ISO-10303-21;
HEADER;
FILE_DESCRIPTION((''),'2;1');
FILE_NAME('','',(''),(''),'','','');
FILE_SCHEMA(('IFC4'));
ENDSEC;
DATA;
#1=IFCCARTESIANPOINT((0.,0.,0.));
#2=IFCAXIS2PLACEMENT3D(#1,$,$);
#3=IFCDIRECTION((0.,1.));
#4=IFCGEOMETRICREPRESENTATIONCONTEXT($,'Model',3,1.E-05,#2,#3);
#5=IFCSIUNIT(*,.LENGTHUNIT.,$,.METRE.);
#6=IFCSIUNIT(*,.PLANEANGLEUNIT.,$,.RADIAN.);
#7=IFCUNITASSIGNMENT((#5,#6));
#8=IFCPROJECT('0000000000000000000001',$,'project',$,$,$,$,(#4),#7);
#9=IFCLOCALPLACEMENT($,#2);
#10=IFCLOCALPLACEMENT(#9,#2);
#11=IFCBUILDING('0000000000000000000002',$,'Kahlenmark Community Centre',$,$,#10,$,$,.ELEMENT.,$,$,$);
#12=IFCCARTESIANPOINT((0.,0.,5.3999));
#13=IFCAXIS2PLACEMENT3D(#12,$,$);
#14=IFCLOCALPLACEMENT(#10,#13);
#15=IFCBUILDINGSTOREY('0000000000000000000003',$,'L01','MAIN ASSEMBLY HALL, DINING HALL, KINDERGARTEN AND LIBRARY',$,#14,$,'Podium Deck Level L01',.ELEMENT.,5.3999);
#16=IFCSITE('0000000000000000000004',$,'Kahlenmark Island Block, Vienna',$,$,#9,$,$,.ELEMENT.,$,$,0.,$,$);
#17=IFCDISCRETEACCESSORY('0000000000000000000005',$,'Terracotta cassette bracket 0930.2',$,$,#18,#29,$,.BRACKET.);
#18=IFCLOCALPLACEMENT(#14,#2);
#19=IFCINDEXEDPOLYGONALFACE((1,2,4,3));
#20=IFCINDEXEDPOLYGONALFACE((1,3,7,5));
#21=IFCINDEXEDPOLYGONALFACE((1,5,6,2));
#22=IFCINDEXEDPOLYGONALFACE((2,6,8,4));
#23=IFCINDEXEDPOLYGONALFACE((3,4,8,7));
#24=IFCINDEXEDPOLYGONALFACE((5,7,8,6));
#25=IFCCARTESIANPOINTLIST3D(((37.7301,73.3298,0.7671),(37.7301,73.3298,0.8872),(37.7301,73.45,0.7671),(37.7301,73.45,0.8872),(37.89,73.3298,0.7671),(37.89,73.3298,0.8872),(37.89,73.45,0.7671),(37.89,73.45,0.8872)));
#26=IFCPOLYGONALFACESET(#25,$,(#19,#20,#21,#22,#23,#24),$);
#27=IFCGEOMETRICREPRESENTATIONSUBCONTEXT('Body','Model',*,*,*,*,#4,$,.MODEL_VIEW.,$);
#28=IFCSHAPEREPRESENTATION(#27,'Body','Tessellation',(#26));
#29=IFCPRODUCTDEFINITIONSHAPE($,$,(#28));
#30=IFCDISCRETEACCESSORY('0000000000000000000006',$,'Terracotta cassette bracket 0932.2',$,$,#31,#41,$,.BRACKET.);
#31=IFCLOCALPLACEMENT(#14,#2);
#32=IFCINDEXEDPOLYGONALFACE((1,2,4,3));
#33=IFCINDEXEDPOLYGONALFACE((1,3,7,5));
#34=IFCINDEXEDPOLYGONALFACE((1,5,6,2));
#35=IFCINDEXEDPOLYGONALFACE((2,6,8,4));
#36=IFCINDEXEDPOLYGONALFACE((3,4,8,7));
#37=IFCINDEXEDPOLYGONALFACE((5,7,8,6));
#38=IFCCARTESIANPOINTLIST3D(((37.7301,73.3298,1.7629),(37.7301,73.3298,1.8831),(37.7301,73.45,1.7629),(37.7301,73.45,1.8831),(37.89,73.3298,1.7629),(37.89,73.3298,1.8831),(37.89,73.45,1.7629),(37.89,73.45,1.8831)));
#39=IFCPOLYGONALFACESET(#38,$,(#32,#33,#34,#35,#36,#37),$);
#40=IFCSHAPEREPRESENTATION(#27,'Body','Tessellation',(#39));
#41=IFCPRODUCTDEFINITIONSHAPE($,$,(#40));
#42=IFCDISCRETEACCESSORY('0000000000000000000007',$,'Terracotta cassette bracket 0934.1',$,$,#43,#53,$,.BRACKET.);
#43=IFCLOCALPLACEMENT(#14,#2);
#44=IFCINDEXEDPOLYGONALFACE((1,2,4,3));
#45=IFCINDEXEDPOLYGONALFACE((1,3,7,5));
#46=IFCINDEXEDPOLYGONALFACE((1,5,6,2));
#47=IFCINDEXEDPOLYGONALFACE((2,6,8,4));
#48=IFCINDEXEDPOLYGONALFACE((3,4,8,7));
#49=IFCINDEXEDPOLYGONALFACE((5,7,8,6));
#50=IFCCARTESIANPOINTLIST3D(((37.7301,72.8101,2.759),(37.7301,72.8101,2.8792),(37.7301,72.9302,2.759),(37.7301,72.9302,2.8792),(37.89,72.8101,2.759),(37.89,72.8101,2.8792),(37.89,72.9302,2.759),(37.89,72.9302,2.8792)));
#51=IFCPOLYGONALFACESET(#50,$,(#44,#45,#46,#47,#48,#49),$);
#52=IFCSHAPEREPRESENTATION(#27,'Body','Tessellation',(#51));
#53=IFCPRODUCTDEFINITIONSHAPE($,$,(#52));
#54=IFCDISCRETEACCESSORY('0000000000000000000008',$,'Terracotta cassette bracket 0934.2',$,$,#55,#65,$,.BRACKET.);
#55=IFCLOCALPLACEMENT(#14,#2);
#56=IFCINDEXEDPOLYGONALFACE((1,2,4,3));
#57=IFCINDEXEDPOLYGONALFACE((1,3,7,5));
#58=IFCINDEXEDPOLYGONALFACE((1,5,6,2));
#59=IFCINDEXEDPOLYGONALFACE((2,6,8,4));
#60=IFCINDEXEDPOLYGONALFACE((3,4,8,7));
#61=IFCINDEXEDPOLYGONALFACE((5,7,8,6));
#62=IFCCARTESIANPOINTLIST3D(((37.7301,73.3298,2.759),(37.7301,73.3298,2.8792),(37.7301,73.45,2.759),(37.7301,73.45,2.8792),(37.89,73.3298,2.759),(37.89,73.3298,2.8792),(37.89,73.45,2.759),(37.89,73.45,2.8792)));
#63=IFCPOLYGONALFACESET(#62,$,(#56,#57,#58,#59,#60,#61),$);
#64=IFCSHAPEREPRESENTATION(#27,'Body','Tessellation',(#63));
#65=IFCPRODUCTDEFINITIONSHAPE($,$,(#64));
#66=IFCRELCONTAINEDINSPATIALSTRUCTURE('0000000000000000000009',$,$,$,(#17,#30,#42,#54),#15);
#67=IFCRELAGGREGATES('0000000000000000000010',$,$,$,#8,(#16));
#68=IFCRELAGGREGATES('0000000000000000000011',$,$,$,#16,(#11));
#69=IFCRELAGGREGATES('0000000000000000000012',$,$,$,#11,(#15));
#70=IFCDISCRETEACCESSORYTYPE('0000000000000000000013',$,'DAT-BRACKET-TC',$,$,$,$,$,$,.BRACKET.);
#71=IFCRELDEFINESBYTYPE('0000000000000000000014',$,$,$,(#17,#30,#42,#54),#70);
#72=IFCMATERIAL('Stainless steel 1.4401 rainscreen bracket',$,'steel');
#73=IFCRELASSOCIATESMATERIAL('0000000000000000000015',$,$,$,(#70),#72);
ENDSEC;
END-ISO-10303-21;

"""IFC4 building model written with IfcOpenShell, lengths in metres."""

from ifc_helpers import new_model, si_unit, direction, frame, origin, origin_2d, place, context, subcontext, project, spatial, rectangle, extrude, material, type_object, element, save


model = new_model("IFC4")

# Units and contexts
model_context = context("Model", 3, precision=1e-05, world=origin(), true_north=direction((0.0, 1.0)))
body_context = subcontext(model_context, "Body", "Model", "MODEL_VIEW")
ifc_project = project(units=[si_unit("LENGTHUNIT", "METRE"), si_unit("PLANEANGLEUNIT", "RADIAN")], contexts=[model_context])

# Site, building, storey
site_placement = place(None, origin())
site = spatial("IfcSite", under=ifc_project, at=site_placement, Name="Kahlenmark Island Block, Vienna", CompositionType="ELEMENT", RefElevation=0.0)
building_placement = place(site_placement, origin())
building = spatial("IfcBuilding", under=site, at=building_placement, Name="Kahlenmark Community Centre", CompositionType="ELEMENT")
storey_placement = place(building_placement, frame((0.0, 0.0, 5.3999)))
storey = spatial("IfcBuildingStorey", under=building, at=storey_placement, Name="L01", Description="MAIN ASSEMBLY HALL, DINING HALL, KINDERGARTEN AND LIBRARY", LongName="Podium Deck Level L01", CompositionType="ELEMENT", Elevation=5.3999)

# Discrete accessories
ifc_material_1 = material(Name="Stainless steel 1.4401 rainscreen bracket", Category="steel")
discrete_accessory_type = type_object("IfcDiscreteAccessoryType", Name="DAT-BRACKET-TC", PredefinedType="BRACKET", material=ifc_material_1)
for number, where, z_axis, x_axis, name in (
    (1, (37.8101, 73.3899, 0.7671), (0.0, 0.0, 1.0), (0.0, 1.0, 0.0), "Terracotta cassette bracket 0930.2"),
    (2, (37.8101, 73.3899, 1.7629), (0.0, 0.0, 1.0), (0.0, 1.0, 0.0), "Terracotta cassette bracket 0932.2"),
    (3, (37.8101, 72.8701, 2.759), (0.0, 0.0, 1.0), (0.0, 1.0, 0.0), "Terracotta cassette bracket 0934.1"),
    (4, (37.8101, 73.3899, 2.759), (0.0, 0.0, 1.0), (0.0, 1.0, 0.0), "Terracotta cassette bracket 0934.2"),
):
    element("IfcDiscreteAccessory", number, at=place(storey_placement, frame(where, z_axis=z_axis, x_axis=x_axis)), inside=storey, type_object=discrete_accessory_type, Name=name, PredefinedType="BRACKET", context=body_context, shape_type="SweptSolid", body=[
        extrude(rectangle(XDim=0.1201, YDim=0.1599, at=origin_2d()), origin(), (0.0, 0.0, 1.0), 0.1201),
    ])

save(model, "model.ifc")
